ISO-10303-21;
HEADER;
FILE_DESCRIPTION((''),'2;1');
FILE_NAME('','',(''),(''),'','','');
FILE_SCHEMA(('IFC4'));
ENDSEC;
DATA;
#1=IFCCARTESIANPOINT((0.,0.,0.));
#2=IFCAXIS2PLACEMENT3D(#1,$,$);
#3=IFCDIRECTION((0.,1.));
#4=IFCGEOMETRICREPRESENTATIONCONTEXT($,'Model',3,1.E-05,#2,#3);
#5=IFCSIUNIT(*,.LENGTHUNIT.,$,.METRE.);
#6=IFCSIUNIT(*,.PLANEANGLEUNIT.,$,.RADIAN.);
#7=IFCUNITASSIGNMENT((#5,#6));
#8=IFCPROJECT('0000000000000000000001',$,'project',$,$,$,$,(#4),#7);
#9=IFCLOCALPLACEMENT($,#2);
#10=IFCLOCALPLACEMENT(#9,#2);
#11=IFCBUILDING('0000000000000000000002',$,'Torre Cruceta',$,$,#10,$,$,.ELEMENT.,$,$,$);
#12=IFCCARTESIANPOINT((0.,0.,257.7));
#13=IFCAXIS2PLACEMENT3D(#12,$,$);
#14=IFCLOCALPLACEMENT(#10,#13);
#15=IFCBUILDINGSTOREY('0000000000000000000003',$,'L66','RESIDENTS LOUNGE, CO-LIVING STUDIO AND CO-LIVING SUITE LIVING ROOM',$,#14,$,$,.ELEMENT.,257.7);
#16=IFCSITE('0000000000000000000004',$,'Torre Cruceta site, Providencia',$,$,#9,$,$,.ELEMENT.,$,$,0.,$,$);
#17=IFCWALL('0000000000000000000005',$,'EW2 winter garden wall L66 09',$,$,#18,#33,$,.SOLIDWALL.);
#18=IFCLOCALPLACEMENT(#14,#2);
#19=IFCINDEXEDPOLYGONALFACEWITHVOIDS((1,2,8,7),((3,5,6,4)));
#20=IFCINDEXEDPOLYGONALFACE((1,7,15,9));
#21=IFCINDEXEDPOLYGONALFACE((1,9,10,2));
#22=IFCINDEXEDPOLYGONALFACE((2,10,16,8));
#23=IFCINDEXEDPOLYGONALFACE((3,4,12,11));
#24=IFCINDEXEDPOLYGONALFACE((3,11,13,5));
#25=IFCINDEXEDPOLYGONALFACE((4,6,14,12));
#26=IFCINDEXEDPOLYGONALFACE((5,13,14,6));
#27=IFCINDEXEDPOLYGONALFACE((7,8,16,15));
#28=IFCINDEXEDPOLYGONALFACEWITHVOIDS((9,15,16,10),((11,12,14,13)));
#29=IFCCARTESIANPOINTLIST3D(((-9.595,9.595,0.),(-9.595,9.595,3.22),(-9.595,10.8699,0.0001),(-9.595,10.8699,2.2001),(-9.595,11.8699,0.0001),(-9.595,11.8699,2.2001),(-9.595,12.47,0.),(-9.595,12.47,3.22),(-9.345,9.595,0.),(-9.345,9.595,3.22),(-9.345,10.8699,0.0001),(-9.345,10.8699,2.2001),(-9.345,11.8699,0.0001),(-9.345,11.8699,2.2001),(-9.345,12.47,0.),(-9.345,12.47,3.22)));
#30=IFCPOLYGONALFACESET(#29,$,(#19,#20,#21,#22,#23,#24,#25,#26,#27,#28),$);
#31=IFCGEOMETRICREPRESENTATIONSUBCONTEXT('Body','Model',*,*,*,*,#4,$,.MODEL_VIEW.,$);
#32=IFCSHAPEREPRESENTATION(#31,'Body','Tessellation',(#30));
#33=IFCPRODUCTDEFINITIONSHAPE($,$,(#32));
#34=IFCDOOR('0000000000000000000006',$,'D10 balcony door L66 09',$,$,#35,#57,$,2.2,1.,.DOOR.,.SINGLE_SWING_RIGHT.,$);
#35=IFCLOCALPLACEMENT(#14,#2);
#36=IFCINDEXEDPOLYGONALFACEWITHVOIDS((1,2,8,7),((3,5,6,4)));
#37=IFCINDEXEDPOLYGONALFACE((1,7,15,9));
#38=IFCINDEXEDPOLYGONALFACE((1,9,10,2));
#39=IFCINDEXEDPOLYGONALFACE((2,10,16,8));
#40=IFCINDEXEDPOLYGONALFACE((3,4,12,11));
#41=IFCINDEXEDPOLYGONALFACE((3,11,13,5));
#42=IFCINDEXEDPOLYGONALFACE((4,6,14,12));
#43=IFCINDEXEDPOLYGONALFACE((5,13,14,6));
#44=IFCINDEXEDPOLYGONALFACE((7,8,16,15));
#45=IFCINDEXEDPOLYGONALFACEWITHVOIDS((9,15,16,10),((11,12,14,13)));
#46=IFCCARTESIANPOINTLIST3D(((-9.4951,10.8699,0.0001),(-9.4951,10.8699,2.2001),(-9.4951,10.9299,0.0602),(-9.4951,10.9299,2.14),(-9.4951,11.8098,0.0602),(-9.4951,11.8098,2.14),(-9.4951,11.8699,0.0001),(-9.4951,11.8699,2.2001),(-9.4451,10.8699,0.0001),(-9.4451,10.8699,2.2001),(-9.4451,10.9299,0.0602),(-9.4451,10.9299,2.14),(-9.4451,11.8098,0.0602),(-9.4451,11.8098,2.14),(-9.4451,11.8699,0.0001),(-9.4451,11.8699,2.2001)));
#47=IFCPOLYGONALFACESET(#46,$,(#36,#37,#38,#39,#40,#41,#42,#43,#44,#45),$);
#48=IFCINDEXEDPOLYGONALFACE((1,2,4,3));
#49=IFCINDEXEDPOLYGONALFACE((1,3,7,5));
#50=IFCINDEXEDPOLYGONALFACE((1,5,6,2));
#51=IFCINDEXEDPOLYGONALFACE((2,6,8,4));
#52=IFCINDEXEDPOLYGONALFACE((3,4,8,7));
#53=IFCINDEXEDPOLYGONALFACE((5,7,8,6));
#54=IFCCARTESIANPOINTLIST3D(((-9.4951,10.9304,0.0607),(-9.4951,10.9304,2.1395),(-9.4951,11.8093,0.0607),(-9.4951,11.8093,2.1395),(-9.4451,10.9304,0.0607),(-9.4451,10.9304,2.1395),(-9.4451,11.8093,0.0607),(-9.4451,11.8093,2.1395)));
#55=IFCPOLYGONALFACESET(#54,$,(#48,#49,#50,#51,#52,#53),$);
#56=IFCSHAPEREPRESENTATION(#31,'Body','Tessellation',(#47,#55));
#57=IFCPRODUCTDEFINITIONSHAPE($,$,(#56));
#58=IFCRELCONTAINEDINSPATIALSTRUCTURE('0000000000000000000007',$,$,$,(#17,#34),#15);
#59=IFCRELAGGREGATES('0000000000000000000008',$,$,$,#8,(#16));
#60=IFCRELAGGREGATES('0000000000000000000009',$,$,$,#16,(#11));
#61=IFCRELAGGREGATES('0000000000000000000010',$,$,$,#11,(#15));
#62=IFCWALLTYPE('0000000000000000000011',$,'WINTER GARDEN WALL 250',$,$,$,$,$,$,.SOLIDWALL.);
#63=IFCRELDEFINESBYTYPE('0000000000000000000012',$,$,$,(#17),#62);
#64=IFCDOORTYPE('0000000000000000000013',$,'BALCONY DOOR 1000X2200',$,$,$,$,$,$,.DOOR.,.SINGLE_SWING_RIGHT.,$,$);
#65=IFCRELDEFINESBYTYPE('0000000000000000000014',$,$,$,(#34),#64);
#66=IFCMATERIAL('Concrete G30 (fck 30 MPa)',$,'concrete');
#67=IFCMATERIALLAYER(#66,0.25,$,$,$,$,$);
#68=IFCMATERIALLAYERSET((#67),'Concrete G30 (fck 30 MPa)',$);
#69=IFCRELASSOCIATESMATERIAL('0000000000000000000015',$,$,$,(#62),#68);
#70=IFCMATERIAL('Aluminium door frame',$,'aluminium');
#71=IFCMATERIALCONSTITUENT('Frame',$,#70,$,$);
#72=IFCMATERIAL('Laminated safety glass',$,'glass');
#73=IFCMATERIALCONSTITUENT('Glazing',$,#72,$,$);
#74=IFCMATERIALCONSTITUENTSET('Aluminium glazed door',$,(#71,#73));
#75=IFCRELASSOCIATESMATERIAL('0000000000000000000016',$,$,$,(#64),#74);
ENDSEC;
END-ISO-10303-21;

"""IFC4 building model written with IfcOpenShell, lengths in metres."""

from ifc_helpers import new_model, si_unit, direction, frame, frame_2d, origin, place, context, subcontext, project, spatial, rectangle, hollow_rectangle, extrude, material, layer, layer_set, constituent, constituent_set, type_object, element, fill, save


model = new_model("IFC4")

# Units and contexts
model_context = context("Model", 3, precision=1e-05, world=origin(), true_north=direction((0.0, 1.0)))
body_context = subcontext(model_context, "Body", "Model", "MODEL_VIEW")
ifc_project = project(units=[si_unit("LENGTHUNIT", "METRE"), si_unit("PLANEANGLEUNIT", "RADIAN")], contexts=[model_context])

# Site, building, storey
site_placement = place(None, origin())
site = spatial("IfcSite", under=ifc_project, at=site_placement, Name="Torre Cruceta site, Providencia", CompositionType="ELEMENT", RefElevation=0.0)
building_placement = place(site_placement, origin())
building = spatial("IfcBuilding", under=site, at=building_placement, Name="Torre Cruceta", CompositionType="ELEMENT")
storey_placement = place(building_placement, frame((0.0, 0.0, 257.7)))
storey = spatial("IfcBuildingStorey", under=building, at=storey_placement, Name="L66", Description="RESIDENTS LOUNGE, CO-LIVING STUDIO AND CO-LIVING SUITE LIVING ROOM", CompositionType="ELEMENT", Elevation=257.7)

# Wall, opening, door
ifc_material_1 = material(Name="Concrete G30 (fck 30 MPa)", Category="concrete")
ifc_layer_1 = layer(ifc_material_1, 0.25)
ifc_layer_set_1 = layer_set([ifc_layer_1], Name="Concrete G30 (fck 30 MPa)")
wall_type_1 = type_object("IfcWallType", Name="WINTER GARDEN WALL 250", PredefinedType="SOLIDWALL", material=ifc_layer_set_1)
wall_1_placement = place(storey_placement, frame((-9.47, 12.47, 0.0), z_axis=(0.0, 0.0, 1.0), x_axis=(0.0, -1.0, 0.0)))
wall_1 = element("IfcWall", 1, at=wall_1_placement, inside=storey, type_object=wall_type_1, Name="EW2 winter garden wall L66 09", PredefinedType="SOLIDWALL", context=body_context, shape_type="SweptSolid", body=[
    extrude(rectangle(XDim=2.875, YDim=0.25, at=frame_2d((1.4375, 0.0))), origin(), (0.0, 0.0, 1.0), 3.22),
])
opening_1_placement = place(wall_1_placement, frame((0.6001, 0.0, 0.0)))
opening_1 = element("IfcOpeningElement", 2, at=opening_1_placement, cuts=wall_1, PredefinedType="OPENING", context=body_context, shape_type="SweptSolid", body=[
    extrude(rectangle(XDim=1.0, YDim=2.2, at=frame_2d((0.5, 1.1001))), frame((0.0, 0.135, 0.0), z_axis=(0.0, -1.0, 0.0), x_axis=(1.0, 0.0, 0.0)), (0.0, 0.0, 1.0), 0.27),
])
ifc_material_2 = material(Name="Aluminium door frame", Category="aluminium")
ifc_constituent_1 = constituent(ifc_material_2, Name="Frame")
ifc_material_3 = material(Name="Laminated safety glass", Category="glass")
ifc_constituent_2 = constituent(ifc_material_3, Name="Glazing")
ifc_constituent_set_1 = constituent_set(constituents=[ifc_constituent_1, ifc_constituent_2], Name="Aluminium glazed door")
door_type_1 = type_object("IfcDoorType", Name="BALCONY DOOR 1000X2200", OperationType="SINGLE_SWING_RIGHT", PredefinedType="DOOR", material=ifc_constituent_set_1)
door_1_placement = place(opening_1_placement, origin())
door_1 = element("IfcDoor", 3, at=door_1_placement, inside=storey, type_object=door_type_1, Name="D10 balcony door L66 09", OperationType="SINGLE_SWING_RIGHT", OverallHeight=2.2, OverallWidth=1.0, PredefinedType="DOOR", context=body_context, shape_type="SweptSolid", body=[
    extrude(hollow_rectangle(XDim=1.0, YDim=2.2, WallThickness=0.0601, at=frame_2d((0.5, 1.1001))), frame((0.0, 0.0249, 0.0), z_axis=(0.0, -1.0, 0.0), x_axis=(1.0, 0.0, 0.0)), (0.0, 0.0, 1.0), 0.05),
    extrude(rectangle(XDim=0.8789, YDim=2.0789, at=frame_2d((0.5, 1.1001))), frame((0.0, 0.0249, 0.0), z_axis=(0.0, -1.0, 0.0), x_axis=(1.0, 0.0, 0.0)), (0.0, 0.0, 1.0), 0.05),
])
fill(opening_1, door_1)

save(model, "model.ifc")
